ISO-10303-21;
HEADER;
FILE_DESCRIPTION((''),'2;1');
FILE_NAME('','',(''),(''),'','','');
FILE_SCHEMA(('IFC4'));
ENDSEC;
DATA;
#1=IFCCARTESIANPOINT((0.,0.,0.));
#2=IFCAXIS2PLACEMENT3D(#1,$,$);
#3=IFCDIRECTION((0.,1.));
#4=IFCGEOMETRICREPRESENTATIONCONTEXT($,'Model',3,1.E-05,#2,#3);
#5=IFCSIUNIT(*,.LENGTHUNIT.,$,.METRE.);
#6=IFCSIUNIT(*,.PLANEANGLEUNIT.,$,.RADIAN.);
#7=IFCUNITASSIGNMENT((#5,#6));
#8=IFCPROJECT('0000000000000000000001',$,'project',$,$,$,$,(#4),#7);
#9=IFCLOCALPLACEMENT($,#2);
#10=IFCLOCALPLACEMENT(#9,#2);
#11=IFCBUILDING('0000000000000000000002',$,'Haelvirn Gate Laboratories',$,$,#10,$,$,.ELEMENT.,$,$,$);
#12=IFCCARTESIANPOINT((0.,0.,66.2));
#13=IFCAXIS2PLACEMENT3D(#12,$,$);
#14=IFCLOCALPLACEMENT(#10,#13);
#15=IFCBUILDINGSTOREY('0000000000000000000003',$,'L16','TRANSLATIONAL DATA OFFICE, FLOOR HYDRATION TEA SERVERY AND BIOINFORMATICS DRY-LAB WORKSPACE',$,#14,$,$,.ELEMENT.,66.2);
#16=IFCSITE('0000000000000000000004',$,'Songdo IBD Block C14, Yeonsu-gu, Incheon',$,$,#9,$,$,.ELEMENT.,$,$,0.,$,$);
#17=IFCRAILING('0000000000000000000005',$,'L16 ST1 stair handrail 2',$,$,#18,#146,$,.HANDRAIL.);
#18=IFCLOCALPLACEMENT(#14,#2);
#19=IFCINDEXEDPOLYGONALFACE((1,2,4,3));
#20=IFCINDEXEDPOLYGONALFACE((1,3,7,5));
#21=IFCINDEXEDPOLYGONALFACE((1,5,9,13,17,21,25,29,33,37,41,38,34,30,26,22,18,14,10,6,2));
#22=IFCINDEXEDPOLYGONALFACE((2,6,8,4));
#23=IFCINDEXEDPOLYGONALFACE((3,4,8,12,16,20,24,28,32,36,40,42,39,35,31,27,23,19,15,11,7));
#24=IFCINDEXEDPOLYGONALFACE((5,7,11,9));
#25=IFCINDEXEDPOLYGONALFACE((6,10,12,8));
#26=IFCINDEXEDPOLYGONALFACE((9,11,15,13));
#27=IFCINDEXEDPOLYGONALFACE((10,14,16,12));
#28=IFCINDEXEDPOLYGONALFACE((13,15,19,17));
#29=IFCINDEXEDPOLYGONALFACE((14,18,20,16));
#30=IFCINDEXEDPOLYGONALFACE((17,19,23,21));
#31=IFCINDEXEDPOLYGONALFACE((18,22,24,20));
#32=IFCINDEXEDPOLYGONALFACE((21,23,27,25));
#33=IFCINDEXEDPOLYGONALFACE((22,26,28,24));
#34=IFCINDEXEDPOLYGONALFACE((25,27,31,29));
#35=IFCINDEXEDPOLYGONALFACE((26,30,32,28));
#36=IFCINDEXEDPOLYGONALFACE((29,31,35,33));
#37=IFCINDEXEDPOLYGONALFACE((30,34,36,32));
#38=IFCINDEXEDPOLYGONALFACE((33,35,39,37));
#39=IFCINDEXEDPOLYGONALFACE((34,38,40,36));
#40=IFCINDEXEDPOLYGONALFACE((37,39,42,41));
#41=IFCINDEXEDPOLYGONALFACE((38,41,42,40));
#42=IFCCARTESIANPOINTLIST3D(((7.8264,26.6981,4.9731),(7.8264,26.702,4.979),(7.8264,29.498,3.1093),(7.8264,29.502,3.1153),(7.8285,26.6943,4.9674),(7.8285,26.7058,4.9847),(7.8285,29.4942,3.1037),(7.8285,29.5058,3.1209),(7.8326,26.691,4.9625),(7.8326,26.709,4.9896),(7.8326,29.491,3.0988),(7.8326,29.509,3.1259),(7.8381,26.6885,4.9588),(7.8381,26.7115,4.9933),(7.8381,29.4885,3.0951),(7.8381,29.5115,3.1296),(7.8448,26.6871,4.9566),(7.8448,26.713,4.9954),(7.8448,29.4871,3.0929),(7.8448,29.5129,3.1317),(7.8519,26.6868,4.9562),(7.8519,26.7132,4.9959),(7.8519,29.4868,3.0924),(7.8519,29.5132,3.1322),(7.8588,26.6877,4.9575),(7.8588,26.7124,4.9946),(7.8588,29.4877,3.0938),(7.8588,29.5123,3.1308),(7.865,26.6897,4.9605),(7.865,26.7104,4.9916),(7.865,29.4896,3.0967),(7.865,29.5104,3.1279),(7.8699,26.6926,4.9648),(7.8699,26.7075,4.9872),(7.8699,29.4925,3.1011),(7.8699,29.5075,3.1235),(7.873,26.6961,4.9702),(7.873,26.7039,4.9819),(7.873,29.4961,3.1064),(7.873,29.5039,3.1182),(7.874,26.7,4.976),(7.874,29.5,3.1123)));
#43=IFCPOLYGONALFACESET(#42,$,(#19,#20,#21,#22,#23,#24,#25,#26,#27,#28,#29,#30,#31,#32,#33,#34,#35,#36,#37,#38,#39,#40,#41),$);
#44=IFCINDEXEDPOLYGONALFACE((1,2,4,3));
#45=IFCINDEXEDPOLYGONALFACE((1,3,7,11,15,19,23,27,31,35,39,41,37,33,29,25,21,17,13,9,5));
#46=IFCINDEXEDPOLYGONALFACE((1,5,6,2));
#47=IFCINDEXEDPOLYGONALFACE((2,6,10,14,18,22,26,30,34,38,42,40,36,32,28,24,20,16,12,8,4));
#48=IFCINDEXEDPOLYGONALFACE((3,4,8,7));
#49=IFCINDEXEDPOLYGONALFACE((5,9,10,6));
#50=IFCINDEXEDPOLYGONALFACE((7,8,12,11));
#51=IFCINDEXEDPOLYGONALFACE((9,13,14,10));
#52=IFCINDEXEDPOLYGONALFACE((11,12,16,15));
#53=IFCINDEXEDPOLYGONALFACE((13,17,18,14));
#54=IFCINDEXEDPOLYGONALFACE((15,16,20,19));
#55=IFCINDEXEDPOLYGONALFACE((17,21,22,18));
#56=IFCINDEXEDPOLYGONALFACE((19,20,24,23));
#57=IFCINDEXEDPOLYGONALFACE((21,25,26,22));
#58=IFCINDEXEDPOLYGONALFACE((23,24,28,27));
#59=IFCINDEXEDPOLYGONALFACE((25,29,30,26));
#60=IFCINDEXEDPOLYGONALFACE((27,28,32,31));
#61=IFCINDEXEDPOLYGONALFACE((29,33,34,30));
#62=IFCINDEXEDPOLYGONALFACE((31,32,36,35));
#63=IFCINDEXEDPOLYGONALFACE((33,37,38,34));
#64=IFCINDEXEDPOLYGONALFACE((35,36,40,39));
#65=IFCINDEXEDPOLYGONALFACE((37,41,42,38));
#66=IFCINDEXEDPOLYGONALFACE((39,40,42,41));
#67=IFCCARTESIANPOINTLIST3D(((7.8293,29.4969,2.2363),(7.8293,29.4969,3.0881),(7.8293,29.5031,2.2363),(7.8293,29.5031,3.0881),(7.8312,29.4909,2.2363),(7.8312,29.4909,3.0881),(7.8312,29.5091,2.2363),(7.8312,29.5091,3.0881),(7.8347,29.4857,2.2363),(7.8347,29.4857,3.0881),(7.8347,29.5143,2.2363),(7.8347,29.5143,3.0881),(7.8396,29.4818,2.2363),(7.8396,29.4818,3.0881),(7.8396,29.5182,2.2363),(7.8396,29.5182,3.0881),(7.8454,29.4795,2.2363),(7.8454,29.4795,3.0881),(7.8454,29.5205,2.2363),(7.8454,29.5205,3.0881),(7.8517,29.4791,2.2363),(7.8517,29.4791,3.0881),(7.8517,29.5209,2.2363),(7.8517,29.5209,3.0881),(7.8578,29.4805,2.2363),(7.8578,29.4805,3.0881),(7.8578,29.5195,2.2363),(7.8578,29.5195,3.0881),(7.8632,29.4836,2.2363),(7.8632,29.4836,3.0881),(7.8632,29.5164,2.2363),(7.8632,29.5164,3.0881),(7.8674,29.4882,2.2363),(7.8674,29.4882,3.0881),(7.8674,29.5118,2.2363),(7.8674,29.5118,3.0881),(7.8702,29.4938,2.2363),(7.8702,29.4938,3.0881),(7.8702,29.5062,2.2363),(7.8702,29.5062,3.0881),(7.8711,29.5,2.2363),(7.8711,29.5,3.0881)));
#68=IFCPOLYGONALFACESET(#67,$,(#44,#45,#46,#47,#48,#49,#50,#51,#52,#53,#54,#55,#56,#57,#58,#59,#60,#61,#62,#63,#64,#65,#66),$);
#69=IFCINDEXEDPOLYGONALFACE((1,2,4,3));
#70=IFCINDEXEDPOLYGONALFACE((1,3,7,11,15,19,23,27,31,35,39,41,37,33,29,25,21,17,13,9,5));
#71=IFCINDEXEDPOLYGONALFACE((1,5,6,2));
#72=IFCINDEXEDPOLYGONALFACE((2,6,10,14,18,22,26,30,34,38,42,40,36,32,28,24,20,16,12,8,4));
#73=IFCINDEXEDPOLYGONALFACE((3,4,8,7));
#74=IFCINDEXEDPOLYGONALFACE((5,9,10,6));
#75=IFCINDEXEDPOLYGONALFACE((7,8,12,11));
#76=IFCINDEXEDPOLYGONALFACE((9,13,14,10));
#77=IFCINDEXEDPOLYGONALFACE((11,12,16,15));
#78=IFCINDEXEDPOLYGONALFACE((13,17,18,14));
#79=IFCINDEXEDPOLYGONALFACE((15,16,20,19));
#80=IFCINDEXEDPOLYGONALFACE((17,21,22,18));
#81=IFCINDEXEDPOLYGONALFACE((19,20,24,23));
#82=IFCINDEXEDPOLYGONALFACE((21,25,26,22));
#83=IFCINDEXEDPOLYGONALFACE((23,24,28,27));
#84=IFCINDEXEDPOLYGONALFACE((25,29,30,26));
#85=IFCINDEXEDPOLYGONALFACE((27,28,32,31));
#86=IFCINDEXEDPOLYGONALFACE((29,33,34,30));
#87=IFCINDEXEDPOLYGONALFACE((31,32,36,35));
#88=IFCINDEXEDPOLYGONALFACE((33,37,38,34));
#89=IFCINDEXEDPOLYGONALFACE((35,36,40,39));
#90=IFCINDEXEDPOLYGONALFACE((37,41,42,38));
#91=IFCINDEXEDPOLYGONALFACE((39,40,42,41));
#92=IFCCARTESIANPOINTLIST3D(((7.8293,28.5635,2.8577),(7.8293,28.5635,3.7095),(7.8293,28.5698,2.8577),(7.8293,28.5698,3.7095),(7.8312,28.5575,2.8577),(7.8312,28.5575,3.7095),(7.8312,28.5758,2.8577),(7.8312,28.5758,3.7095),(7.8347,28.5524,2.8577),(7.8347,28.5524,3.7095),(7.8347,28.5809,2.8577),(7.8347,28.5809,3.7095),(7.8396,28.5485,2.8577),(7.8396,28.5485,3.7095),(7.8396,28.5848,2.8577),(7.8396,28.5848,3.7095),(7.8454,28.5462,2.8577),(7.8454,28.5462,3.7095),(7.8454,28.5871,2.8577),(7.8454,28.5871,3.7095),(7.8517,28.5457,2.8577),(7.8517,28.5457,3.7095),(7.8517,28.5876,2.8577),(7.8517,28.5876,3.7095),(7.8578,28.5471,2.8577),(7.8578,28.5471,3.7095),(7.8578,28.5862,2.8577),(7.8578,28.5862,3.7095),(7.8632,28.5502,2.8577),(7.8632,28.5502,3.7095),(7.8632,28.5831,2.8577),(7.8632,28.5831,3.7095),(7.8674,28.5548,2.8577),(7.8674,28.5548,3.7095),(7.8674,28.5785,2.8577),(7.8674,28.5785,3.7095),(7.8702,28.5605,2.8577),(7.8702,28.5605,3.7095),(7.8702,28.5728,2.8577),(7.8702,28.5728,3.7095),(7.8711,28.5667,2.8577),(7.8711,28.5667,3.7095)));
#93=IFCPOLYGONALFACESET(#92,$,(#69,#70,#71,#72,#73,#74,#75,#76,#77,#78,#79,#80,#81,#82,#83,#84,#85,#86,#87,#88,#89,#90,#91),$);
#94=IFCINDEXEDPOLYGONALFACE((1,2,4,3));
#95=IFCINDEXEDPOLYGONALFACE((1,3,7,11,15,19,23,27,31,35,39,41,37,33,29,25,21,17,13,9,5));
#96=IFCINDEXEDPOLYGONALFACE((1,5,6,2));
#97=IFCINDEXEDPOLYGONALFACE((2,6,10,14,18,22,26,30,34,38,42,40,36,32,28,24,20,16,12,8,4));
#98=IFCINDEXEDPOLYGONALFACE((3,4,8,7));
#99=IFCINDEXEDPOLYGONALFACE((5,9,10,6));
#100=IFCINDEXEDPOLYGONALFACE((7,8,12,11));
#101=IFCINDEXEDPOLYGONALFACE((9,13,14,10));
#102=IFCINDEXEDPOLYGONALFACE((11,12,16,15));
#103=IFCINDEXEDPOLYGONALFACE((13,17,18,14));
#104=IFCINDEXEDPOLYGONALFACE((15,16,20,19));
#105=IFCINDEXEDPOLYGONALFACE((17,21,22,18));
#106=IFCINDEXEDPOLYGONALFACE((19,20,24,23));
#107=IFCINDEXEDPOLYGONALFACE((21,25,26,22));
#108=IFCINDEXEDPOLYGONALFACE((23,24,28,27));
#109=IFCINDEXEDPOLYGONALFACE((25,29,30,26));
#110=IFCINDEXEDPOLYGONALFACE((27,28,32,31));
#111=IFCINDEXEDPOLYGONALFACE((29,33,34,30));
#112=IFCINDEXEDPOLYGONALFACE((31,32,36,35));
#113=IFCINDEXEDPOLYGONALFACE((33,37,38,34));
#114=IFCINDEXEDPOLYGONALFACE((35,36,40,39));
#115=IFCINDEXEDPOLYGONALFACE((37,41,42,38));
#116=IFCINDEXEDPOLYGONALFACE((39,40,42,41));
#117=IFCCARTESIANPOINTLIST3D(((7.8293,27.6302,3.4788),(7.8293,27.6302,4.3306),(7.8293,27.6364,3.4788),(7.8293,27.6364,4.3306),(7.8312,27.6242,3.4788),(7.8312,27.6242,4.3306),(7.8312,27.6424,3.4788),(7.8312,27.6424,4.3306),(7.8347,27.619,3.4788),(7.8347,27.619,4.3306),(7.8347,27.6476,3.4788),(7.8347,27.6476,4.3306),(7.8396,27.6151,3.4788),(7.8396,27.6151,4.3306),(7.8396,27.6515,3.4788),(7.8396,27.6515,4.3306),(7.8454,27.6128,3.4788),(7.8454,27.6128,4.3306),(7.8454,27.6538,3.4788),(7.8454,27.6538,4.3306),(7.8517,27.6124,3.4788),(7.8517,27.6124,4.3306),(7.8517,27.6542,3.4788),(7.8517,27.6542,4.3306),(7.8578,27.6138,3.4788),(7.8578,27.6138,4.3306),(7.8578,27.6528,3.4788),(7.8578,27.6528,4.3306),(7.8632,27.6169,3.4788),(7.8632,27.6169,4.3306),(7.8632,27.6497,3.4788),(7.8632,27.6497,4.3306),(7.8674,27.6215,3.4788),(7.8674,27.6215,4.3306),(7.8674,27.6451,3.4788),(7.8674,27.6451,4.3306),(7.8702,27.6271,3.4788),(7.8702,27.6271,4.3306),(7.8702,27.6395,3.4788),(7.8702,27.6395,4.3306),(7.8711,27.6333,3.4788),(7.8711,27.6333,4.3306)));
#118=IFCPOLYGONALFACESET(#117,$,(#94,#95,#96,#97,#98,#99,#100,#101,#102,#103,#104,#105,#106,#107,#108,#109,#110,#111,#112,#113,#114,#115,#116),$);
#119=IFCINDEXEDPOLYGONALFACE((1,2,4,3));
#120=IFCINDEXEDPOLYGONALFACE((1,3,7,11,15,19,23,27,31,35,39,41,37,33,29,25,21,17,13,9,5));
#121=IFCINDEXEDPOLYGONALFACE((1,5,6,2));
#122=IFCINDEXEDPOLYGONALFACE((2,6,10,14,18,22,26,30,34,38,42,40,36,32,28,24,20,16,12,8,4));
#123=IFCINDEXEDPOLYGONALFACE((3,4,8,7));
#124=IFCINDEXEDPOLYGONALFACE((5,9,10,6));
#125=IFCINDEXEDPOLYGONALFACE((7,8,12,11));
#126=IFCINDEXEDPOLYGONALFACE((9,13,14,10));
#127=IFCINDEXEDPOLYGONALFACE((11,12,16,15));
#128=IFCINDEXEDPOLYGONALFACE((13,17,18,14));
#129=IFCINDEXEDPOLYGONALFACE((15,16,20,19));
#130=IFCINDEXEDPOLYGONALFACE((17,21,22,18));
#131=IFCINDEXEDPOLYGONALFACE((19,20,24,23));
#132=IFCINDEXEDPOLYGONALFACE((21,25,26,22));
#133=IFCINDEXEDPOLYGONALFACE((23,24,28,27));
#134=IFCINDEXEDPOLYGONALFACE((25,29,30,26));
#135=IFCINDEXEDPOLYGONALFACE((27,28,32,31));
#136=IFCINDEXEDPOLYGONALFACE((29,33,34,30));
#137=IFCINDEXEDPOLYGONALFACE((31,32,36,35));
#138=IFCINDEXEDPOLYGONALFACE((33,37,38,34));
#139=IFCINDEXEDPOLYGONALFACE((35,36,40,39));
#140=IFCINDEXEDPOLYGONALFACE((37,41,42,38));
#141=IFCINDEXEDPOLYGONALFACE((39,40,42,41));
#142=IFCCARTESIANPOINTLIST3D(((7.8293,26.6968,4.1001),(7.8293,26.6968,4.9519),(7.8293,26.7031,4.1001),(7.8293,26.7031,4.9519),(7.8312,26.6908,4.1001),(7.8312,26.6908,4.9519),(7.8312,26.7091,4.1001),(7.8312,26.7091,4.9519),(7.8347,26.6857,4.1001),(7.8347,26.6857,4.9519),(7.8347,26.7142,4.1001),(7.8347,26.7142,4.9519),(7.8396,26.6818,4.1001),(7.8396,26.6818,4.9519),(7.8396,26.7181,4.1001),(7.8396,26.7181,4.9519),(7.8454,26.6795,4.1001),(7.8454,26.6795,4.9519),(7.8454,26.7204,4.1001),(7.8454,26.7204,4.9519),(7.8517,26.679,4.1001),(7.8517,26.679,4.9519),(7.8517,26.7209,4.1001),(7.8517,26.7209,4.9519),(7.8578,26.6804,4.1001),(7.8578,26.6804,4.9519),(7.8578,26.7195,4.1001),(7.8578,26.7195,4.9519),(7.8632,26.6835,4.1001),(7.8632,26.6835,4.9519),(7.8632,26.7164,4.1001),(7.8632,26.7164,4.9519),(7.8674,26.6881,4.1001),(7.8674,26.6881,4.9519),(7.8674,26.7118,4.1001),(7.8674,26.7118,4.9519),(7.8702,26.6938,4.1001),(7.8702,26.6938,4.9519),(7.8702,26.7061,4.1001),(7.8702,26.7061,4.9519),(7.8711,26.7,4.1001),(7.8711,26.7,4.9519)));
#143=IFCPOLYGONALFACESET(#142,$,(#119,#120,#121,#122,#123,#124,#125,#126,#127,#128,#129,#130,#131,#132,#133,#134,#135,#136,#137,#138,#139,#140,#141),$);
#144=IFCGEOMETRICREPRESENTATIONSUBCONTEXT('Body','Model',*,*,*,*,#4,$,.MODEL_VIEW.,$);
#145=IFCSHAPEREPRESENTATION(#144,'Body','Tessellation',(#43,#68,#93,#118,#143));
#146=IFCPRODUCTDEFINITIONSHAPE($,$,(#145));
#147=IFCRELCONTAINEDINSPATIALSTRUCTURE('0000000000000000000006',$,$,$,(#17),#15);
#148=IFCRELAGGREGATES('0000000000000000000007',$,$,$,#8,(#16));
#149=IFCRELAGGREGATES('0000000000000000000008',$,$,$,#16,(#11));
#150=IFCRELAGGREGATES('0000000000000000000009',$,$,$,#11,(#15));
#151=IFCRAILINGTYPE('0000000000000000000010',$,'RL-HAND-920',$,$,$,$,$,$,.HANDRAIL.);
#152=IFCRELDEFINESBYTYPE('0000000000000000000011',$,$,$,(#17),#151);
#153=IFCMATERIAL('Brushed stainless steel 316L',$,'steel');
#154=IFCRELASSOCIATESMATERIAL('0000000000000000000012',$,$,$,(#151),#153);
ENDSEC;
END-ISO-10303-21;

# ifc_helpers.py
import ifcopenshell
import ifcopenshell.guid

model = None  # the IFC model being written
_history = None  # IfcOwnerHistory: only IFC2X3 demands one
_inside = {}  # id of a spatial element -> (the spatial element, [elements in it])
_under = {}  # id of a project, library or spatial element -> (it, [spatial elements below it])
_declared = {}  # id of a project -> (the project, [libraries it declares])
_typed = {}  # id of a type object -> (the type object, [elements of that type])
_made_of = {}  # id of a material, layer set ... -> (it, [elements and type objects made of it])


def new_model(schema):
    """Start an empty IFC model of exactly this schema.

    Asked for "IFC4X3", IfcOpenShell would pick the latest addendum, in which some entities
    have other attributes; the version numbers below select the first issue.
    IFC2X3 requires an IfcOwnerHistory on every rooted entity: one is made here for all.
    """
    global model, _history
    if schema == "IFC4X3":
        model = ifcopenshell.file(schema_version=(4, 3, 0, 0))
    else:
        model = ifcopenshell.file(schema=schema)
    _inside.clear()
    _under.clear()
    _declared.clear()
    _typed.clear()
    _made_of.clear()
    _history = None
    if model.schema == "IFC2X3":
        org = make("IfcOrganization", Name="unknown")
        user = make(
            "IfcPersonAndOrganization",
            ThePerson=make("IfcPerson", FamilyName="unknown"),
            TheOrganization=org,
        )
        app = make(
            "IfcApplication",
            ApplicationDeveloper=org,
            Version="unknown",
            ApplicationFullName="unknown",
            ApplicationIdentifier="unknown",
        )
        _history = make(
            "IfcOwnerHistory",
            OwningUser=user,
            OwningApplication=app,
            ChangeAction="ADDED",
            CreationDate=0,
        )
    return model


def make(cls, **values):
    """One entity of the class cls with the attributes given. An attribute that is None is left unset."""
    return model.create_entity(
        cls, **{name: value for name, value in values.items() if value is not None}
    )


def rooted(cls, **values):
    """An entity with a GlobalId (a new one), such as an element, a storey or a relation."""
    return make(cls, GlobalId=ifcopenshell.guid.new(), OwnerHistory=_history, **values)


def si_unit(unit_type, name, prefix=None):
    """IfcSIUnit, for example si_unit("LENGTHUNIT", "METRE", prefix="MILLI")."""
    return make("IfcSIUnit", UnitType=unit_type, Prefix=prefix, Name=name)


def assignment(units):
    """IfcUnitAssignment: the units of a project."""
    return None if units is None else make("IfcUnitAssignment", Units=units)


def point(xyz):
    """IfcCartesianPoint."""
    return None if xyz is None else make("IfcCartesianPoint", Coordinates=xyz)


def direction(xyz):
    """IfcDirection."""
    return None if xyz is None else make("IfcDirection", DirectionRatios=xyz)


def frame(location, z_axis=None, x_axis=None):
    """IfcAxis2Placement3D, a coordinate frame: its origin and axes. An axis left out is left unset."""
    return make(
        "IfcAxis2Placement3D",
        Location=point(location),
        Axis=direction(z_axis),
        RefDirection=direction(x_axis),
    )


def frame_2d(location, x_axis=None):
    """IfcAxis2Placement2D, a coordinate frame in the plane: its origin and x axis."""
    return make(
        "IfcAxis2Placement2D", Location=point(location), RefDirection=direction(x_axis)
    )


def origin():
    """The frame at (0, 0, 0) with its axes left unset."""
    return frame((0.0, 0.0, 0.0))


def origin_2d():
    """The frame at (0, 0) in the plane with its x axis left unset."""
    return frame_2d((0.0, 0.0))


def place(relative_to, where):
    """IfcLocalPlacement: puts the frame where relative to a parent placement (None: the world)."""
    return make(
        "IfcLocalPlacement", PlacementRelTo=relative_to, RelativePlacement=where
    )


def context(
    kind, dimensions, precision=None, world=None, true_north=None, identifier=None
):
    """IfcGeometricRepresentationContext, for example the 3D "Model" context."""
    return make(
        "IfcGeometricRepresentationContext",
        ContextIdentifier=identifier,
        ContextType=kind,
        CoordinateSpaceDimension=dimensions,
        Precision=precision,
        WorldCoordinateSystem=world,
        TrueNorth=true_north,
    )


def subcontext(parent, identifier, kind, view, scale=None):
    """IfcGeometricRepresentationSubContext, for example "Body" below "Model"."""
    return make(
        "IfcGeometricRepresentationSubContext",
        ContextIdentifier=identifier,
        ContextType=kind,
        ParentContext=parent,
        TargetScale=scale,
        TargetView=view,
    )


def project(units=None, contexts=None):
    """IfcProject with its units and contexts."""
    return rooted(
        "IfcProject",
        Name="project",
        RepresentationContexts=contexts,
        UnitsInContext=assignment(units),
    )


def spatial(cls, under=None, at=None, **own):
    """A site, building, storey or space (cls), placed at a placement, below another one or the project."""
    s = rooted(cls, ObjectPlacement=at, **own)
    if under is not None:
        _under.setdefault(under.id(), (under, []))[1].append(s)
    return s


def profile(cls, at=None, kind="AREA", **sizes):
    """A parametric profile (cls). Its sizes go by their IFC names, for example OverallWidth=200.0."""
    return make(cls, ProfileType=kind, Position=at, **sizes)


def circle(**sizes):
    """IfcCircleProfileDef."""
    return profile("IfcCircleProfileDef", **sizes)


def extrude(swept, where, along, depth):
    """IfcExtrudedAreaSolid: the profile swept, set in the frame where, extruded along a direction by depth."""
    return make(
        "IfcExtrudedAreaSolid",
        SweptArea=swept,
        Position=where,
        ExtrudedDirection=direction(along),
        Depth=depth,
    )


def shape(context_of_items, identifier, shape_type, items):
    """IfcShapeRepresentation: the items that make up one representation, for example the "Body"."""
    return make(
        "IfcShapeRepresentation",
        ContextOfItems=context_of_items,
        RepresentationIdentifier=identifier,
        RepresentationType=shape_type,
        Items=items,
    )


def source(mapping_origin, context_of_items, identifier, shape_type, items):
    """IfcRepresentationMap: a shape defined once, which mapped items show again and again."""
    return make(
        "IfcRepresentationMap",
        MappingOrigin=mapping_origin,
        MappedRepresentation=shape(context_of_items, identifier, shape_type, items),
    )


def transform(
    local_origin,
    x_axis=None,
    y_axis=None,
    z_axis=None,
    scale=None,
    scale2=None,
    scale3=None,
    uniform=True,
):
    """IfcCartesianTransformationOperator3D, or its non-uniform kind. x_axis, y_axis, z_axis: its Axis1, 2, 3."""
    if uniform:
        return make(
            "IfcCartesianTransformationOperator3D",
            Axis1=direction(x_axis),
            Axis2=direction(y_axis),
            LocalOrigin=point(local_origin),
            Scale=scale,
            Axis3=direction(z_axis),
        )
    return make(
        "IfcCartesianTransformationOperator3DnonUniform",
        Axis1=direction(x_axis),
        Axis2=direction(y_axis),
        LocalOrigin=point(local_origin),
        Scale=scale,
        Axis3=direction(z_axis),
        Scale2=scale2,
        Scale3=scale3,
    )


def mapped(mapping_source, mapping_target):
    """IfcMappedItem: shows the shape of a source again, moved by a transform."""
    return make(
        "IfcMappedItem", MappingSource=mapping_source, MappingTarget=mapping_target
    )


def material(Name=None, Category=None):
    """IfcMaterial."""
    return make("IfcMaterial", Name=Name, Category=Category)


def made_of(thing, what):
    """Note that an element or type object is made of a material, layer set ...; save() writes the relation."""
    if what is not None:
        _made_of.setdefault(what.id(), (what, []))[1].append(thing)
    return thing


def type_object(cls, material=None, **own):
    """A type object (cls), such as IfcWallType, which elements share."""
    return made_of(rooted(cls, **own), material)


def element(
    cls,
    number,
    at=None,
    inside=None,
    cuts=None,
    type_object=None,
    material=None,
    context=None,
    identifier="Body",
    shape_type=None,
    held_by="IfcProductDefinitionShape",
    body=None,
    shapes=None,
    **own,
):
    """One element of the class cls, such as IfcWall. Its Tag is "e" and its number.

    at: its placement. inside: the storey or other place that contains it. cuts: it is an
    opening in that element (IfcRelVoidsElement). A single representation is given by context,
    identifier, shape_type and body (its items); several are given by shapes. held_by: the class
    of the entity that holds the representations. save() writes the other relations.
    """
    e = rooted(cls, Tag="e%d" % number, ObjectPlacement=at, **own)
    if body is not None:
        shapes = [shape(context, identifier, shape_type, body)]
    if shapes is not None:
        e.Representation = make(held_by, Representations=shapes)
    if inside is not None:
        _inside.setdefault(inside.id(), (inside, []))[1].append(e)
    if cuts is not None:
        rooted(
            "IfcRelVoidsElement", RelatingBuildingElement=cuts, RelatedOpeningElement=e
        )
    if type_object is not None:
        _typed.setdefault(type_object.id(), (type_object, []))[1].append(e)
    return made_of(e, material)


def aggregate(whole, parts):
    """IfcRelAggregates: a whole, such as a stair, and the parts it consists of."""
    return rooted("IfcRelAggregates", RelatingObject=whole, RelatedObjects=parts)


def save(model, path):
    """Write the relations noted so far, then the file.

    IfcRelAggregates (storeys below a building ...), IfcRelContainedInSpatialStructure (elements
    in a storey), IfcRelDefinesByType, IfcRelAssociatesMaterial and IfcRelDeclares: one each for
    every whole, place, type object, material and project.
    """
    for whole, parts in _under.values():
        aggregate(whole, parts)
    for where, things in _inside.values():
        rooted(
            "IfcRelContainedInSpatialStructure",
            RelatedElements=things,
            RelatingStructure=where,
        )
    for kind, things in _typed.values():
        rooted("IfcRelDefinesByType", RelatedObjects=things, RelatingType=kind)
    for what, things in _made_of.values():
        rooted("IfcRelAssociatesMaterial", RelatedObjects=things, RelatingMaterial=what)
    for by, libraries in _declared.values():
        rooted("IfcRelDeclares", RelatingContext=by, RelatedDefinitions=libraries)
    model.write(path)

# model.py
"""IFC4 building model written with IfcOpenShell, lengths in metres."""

from ifc_helpers import new_model, si_unit, direction, frame, origin, origin_2d, place, context, subcontext, project, spatial, circle, extrude, source, transform, mapped, material, type_object, element, save


model = new_model("IFC4")

# Units and contexts
model_context = context("Model", 3, precision=1e-05, world=origin(), true_north=direction((0.0, 1.0)))
body_context = subcontext(model_context, "Body", "Model", "MODEL_VIEW")
ifc_project = project(units=[si_unit("LENGTHUNIT", "METRE"), si_unit("PLANEANGLEUNIT", "RADIAN")], contexts=[model_context])

# Site, building, storey
site_placement = place(None, origin())
site = spatial("IfcSite", under=ifc_project, at=site_placement, Name="Songdo IBD Block C14, Yeonsu-gu, Incheon", CompositionType="ELEMENT", RefElevation=0.0)
building_placement = place(site_placement, origin())
building = spatial("IfcBuilding", under=site, at=building_placement, Name="Haelvirn Gate Laboratories", CompositionType="ELEMENT")
storey_placement = place(building_placement, frame((0.0, 0.0, 66.2)))
storey = spatial("IfcBuildingStorey", under=building, at=storey_placement, Name="L16", Description="TRANSLATIONAL DATA OFFICE, FLOOR HYDRATION TEA SERVERY AND BIOINFORMATICS DRY-LAB WORKSPACE", CompositionType="ELEMENT", Elevation=66.2)

# Railing
ifc_material_1 = material(Name="Brushed stainless steel 316L", Category="steel")
railing_type_1 = type_object("IfcRailingType", Name="RL-HAND-920", PredefinedType="HANDRAIL", material=ifc_material_1)
shared_shape_1 = source(origin(), body_context, "Body", "SweptSolid", [
    extrude(circle(Radius=0.0239, at=origin_2d()), frame((0.0, 0.0, 0.876), z_axis=(0.0, -0.832452, 0.554097), x_axis=(1.0, 0.0, 0.0)), (0.0, 0.0, 1.0), 3.3635),
    extrude(circle(Radius=0.021, at=origin_2d()), origin(), (0.0, 0.0, 1.0), 0.8518),
    extrude(circle(Radius=0.021, at=origin_2d()), frame((0.0, -0.9333, 0.6213)), (0.0, 0.0, 1.0), 0.8518),
    extrude(circle(Radius=0.021, at=origin_2d()), frame((0.0, -1.8667, 1.2424)), (0.0, 0.0, 1.0), 0.8518),
    extrude(circle(Radius=0.021, at=origin_2d()), frame((0.0, -2.8, 1.8638)), (0.0, 0.0, 1.0), 0.8518),
])
railing_1_placement = place(storey_placement, frame((7.8501, 29.5, 2.2363)))
element("IfcRailing", 1, at=railing_1_placement, inside=storey, type_object=railing_type_1, Name="L16 ST1 stair handrail 2", PredefinedType="HANDRAIL", context=body_context, shape_type="MappedRepresentation", body=[
    mapped(shared_shape_1, transform((0.0, 0.0, 0.0), scale=1.0)),
])

save(model, "model.ifc")
